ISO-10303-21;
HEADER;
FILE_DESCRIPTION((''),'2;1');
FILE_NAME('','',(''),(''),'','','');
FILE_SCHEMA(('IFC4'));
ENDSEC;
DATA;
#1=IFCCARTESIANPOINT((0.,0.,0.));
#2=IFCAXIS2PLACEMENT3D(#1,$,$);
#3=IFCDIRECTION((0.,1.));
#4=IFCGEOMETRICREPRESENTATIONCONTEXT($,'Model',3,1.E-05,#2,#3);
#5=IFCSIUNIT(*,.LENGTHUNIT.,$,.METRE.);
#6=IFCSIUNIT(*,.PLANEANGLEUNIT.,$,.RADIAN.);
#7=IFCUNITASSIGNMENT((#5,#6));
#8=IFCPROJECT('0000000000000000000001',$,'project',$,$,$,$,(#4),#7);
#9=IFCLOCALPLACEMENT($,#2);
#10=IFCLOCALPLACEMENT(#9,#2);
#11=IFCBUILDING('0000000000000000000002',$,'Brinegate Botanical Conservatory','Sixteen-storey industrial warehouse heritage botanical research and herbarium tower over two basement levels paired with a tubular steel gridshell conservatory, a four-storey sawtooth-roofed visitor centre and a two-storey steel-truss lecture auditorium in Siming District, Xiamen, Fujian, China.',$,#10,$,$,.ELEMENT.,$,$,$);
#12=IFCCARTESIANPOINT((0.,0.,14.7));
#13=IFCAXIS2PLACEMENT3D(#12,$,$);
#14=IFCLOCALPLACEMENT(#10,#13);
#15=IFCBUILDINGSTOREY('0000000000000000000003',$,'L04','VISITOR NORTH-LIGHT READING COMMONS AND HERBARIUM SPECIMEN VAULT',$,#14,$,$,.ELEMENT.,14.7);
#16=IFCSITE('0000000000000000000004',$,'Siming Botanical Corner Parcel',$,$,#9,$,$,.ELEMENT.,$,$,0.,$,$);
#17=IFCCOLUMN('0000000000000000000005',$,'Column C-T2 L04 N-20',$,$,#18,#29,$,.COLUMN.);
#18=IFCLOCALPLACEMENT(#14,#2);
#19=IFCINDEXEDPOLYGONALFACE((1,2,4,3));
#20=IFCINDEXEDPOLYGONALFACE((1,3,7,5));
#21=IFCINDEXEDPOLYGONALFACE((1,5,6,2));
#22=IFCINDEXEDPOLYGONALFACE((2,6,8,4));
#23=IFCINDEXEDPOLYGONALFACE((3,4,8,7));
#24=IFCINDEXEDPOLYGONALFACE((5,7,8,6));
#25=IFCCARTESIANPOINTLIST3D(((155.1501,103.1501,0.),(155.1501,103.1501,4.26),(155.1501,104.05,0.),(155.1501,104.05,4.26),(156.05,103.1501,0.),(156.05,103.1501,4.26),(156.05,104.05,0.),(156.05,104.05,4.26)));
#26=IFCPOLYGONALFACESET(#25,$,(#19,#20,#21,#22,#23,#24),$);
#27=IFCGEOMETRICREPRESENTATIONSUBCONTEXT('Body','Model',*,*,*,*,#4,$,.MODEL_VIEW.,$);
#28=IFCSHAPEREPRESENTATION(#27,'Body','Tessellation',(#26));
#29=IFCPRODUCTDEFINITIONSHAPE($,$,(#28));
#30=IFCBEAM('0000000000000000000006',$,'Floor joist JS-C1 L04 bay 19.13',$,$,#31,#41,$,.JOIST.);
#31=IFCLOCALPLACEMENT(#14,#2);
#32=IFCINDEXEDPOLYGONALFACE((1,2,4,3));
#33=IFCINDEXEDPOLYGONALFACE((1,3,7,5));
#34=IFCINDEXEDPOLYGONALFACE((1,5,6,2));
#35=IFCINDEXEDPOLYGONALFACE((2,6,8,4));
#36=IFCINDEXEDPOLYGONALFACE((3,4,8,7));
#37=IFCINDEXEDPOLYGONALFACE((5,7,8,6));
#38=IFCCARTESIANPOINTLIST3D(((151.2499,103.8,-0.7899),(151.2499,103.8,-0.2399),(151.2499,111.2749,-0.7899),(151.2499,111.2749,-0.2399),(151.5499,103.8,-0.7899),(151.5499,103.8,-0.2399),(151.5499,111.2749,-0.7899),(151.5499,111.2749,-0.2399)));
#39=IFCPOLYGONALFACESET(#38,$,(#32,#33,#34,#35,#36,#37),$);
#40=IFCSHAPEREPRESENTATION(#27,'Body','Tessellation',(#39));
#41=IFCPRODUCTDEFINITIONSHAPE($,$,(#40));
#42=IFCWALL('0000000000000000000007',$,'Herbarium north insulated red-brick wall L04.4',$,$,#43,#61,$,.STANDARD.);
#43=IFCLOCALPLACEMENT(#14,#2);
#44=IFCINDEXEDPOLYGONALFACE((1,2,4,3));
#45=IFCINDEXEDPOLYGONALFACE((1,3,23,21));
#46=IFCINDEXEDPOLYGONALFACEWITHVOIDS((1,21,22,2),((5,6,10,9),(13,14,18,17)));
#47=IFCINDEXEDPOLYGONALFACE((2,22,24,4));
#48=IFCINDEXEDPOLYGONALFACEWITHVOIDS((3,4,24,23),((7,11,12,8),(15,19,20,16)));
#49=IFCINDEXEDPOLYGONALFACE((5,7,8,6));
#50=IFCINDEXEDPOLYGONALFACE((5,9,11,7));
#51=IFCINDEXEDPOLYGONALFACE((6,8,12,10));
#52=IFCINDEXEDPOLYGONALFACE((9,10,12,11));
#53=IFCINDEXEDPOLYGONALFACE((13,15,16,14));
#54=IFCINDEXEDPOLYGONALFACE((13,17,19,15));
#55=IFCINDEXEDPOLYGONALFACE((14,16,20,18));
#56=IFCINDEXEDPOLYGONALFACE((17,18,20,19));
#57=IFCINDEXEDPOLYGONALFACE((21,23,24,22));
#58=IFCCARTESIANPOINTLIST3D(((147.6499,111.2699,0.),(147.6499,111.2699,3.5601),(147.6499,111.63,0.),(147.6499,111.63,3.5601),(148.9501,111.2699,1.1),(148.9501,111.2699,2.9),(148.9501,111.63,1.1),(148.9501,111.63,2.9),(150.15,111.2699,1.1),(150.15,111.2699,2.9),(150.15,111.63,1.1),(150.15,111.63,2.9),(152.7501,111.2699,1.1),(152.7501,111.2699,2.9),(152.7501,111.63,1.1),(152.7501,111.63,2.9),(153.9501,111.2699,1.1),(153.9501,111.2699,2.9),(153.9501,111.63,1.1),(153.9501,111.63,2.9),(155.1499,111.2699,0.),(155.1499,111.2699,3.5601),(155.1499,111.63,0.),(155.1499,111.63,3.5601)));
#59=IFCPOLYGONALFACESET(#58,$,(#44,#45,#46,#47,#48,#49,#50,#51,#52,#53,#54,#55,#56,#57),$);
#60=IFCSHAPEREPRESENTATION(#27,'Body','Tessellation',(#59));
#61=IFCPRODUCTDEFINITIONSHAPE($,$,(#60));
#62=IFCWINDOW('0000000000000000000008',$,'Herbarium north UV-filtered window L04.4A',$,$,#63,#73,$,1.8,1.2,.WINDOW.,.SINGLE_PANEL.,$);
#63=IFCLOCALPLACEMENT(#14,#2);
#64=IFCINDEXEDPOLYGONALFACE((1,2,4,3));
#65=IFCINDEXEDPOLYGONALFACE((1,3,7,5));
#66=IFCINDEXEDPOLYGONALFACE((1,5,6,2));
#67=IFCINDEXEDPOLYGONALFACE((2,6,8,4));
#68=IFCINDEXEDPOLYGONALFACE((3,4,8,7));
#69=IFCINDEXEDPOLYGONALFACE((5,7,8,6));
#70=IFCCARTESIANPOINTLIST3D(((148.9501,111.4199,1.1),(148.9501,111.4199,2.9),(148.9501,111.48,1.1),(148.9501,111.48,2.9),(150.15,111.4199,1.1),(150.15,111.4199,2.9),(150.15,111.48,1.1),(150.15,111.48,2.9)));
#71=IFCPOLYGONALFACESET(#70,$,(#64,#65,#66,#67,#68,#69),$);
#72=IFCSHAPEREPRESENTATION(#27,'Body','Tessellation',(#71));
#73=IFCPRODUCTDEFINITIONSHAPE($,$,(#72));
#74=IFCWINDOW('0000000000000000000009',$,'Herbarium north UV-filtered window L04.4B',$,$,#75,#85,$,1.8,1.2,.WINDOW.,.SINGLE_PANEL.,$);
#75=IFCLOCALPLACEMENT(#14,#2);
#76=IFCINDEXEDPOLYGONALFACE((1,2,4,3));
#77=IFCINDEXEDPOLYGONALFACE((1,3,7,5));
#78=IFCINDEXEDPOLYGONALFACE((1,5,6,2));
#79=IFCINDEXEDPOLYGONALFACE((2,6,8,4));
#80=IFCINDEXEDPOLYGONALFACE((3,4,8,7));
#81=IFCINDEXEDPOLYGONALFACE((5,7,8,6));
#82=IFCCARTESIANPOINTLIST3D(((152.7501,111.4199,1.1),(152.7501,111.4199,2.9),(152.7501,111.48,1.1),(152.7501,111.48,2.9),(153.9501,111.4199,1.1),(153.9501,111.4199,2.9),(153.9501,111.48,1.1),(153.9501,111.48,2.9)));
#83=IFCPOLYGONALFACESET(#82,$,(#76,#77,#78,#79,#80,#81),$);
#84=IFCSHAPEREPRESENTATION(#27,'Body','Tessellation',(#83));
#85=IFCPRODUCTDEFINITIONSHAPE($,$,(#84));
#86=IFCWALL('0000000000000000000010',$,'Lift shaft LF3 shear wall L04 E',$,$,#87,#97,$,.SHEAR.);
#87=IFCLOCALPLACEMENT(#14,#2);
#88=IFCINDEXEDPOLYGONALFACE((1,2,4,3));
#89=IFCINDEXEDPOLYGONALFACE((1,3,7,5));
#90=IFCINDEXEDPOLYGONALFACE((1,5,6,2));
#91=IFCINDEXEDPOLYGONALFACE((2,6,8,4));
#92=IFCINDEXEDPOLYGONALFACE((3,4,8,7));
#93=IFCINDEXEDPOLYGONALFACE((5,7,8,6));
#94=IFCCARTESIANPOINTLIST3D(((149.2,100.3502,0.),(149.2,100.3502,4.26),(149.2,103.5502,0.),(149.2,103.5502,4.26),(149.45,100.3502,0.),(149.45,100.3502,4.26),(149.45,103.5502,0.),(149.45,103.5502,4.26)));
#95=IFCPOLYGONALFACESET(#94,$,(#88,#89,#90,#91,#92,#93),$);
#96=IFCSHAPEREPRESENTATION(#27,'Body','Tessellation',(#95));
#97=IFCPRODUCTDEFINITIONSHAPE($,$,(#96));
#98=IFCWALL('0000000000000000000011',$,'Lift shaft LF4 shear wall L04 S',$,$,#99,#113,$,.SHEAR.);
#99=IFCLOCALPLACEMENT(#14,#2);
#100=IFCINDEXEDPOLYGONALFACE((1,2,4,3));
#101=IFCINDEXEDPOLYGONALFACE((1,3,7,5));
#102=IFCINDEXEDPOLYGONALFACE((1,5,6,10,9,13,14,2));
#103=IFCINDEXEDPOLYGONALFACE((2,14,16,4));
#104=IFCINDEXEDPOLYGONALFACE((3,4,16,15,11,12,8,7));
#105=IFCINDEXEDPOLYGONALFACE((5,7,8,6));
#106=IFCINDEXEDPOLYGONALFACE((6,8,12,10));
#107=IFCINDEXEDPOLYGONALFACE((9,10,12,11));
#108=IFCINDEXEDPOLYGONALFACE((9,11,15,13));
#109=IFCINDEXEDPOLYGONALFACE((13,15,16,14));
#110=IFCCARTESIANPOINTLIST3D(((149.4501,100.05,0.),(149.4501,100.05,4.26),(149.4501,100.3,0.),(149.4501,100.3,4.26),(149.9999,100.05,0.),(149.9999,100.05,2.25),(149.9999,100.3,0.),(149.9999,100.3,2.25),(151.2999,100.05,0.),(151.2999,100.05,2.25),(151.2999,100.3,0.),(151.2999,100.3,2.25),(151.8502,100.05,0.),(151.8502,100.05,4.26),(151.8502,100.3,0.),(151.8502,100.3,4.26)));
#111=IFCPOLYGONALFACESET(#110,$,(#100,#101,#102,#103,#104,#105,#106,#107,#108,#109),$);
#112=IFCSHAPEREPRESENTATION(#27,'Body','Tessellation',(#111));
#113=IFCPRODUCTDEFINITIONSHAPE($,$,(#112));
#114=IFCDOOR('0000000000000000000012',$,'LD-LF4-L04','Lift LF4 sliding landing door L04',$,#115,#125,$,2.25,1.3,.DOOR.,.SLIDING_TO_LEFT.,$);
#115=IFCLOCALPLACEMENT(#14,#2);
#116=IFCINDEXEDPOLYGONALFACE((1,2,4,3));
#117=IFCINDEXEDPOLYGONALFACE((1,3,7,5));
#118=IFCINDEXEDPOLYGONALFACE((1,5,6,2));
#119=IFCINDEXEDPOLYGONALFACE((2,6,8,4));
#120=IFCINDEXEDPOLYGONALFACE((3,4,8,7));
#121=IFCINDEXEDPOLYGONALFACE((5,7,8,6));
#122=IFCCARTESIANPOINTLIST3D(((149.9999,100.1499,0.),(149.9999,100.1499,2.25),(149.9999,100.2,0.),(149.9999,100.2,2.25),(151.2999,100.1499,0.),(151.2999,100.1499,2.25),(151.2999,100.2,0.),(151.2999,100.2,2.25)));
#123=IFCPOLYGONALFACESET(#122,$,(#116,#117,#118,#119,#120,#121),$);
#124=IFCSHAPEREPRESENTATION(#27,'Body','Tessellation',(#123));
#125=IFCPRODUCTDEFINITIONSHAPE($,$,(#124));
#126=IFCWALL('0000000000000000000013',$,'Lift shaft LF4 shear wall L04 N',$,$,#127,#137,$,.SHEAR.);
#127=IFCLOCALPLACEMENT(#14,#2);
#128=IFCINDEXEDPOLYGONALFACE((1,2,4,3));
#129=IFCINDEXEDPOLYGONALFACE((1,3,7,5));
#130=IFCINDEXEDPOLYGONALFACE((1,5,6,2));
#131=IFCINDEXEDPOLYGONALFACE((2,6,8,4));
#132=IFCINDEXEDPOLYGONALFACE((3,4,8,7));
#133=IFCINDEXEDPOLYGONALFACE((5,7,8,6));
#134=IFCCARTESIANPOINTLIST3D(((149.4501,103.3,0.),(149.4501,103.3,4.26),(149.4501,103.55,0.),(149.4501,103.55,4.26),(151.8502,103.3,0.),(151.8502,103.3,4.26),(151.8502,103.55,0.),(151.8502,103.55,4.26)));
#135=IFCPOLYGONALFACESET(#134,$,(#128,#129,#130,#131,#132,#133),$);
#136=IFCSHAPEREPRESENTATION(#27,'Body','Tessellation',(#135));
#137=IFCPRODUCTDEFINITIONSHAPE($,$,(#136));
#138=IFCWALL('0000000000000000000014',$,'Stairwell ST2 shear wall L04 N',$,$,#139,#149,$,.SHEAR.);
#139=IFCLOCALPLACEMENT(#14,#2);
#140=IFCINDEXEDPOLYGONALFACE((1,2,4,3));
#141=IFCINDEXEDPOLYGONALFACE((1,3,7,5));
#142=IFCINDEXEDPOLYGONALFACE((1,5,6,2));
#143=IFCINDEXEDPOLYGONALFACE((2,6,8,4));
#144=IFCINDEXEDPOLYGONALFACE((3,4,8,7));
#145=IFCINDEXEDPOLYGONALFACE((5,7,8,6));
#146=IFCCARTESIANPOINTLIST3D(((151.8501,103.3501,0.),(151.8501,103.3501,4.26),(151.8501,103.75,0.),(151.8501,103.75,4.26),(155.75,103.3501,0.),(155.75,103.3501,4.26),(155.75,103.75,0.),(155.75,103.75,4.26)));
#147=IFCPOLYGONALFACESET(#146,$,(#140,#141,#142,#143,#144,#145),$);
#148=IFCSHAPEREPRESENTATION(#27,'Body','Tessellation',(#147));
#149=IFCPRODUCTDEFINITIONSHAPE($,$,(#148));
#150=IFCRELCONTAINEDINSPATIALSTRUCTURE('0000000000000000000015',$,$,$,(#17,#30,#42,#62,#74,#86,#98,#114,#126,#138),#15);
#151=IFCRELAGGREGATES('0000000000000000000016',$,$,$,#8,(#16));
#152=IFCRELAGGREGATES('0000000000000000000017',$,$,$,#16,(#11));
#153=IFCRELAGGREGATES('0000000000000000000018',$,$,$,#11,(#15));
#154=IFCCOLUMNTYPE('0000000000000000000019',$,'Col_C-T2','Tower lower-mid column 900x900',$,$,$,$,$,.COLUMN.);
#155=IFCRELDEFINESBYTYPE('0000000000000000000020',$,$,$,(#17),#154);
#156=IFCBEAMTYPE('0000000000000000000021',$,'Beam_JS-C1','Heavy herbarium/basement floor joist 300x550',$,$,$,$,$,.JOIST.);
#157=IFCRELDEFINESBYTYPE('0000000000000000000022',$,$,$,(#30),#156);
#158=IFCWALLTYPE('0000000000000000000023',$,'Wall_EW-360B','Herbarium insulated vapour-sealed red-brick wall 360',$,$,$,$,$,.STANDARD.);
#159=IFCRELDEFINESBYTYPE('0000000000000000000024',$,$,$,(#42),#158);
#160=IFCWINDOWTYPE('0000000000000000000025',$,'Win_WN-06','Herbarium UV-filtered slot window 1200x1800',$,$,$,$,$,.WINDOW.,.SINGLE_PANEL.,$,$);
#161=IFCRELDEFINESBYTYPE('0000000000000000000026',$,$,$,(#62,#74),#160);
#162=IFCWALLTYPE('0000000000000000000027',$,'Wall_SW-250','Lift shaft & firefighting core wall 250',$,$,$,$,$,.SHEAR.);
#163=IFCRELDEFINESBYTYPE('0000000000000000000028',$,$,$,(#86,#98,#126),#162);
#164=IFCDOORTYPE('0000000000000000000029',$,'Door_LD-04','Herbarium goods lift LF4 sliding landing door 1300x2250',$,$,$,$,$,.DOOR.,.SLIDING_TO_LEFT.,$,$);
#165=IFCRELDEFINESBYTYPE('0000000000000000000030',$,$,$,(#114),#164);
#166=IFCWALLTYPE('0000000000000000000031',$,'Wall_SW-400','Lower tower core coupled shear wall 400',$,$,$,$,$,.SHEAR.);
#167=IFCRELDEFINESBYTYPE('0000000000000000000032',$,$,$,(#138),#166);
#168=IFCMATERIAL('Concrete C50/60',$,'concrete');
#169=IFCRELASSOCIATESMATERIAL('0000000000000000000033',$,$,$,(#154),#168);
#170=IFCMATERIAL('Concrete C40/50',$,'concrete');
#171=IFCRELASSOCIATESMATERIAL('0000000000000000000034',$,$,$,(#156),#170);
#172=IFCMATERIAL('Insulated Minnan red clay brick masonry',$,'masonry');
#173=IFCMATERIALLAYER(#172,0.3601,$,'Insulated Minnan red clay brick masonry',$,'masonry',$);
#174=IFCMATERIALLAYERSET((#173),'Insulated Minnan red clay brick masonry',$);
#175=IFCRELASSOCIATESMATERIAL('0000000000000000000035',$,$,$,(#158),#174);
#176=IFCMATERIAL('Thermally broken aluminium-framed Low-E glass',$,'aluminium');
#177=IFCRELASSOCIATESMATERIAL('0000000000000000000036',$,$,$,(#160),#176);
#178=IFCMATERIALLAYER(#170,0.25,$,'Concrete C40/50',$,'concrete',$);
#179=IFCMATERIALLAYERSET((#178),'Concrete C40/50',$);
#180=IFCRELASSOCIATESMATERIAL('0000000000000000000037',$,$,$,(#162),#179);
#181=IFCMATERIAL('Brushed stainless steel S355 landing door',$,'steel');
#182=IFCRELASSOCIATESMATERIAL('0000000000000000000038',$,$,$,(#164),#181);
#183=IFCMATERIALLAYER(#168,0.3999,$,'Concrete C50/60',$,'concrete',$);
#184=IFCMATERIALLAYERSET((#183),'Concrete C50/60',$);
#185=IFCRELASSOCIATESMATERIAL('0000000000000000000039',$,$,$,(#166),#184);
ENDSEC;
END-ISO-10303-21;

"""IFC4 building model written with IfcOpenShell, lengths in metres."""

from ifc_helpers import new_model, si_unit, direction, frame, frame_2d, origin, origin_2d, place, context, subcontext, project, spatial, rectangle, extrude, material, layer, layer_set, material_profile, profile_set, type_object, element, fill, save


model = new_model("IFC4")

# Units and contexts
model_context = context("Model", 3, precision=1e-05, world=origin(), true_north=direction((0.0, 1.0)))
body_context = subcontext(model_context, "Body", "Model", "MODEL_VIEW")
ifc_project = project(units=[si_unit("LENGTHUNIT", "METRE"), si_unit("PLANEANGLEUNIT", "RADIAN")], contexts=[model_context])

# Site, building, storey
site_placement = place(None, origin())
site = spatial("IfcSite", under=ifc_project, at=site_placement, Name="Siming Botanical Corner Parcel", CompositionType="ELEMENT", RefElevation=0.0)
building_placement = place(site_placement, origin())
building = spatial("IfcBuilding", under=site, at=building_placement, Name="Brinegate Botanical Conservatory", Description="Sixteen-storey industrial warehouse heritage botanical research and herbarium tower over two basement levels paired with a tubular steel gridshell conservatory, a four-storey sawtooth-roofed visitor centre and a two-storey steel-truss lecture auditorium in Siming District, Xiamen, Fujian, China.", CompositionType="ELEMENT")
storey_placement = place(building_placement, frame((0.0, 0.0, 14.7)))
storey = spatial("IfcBuildingStorey", under=building, at=storey_placement, Name="L04", Description="VISITOR NORTH-LIGHT READING COMMONS AND HERBARIUM SPECIMEN VAULT", CompositionType="ELEMENT", Elevation=14.7)

# Column
ifc_material_1 = material(Name="Concrete C50/60", Category="concrete")
ifc_material_profile_1 = material_profile(ifc_material_1, rectangle(XDim=0.8999, YDim=0.8999, at=origin_2d()), Name="RC COL 900x900")
ifc_profile_set_1 = profile_set([ifc_material_profile_1], Name="Concrete C50/60")
column_type = type_object("IfcColumnType", Name="Col_C-T2", Description="Tower lower-mid column 900x900", PredefinedType="COLUMN", material=ifc_profile_set_1)
column_placement = place(storey_placement, frame((155.6001, 103.6001, 0.0), z_axis=(0.0, 0.0, 1.0), x_axis=(1.0, 0.0, 0.0)))
element("IfcColumn", 1, at=column_placement, inside=storey, type_object=column_type, Name="Column C-T2 L04 N-20", PredefinedType="COLUMN", context=body_context, shape_type="SweptSolid", body=[
    extrude(rectangle(XDim=0.8999, YDim=0.8999, at=origin_2d()), origin(), (0.0, 0.0, 1.0), 4.26),
])

# Beam
ifc_material_2 = material(Name="Concrete C40/50", Category="concrete")
ifc_material_profile_2 = material_profile(ifc_material_2, rectangle(XDim=0.3, YDim=0.55, at=origin_2d()), Name="RC JST 300x550")
ifc_profile_set_2 = profile_set([ifc_material_profile_2], Name="Concrete C40/50")
beam_type = type_object("IfcBeamType", Name="Beam_JS-C1", Description="Heavy herbarium/basement floor joist 300x550", PredefinedType="JOIST", material=ifc_profile_set_2)
beam_placement = place(storey_placement, frame((151.3999, 103.8, -0.5149), z_axis=(0.0, 1.0, 0.0), x_axis=(-1.0, 0.0, 0.0)))
element("IfcBeam", 2, at=beam_placement, inside=storey, type_object=beam_type, Name="Floor joist JS-C1 L04 bay 19.13", PredefinedType="JOIST", context=body_context, shape_type="SweptSolid", body=[
    extrude(rectangle(XDim=0.3, YDim=0.55, at=origin_2d()), origin(), (0.0, 0.0, 1.0), 7.4749),
])

# Wall, openings, windows
ifc_material_3 = material(Name="Insulated Minnan red clay brick masonry", Category="masonry")
ifc_layer_1 = layer(ifc_material_3, 0.3601, Name="Insulated Minnan red clay brick masonry", Category="masonry")
ifc_layer_set_1 = layer_set([ifc_layer_1], Name="Insulated Minnan red clay brick masonry")
wall_type_1 = type_object("IfcWallType", Name="Wall_EW-360B", Description="Herbarium insulated vapour-sealed red-brick wall 360", PredefinedType="STANDARD", material=ifc_layer_set_1)
wall_1_placement = place(storey_placement, frame((147.6499, 111.45, 0.0), z_axis=(0.0, 0.0, 1.0), x_axis=(1.0, 0.0, 0.0)))
wall_1 = element("IfcWall", 3, at=wall_1_placement, inside=storey, type_object=wall_type_1, Name="Herbarium north insulated red-brick wall L04.4", PredefinedType="STANDARD", context=body_context, shape_type="SweptSolid", body=[
    extrude(rectangle(XDim=7.5, YDim=0.3601, at=frame_2d((3.75, 0.0))), origin(), (0.0, 0.0, 1.0), 3.5601),
])
opening_1_placement = place(wall_1_placement, frame((1.3, 0.0, 1.1001)))
opening_1 = element("IfcOpeningElement", 4, at=opening_1_placement, cuts=wall_1, PredefinedType="OPENING", context=body_context, shape_type="SweptSolid", body=[
    extrude(rectangle(XDim=1.2, YDim=1.8, at=frame_2d((0.6001, 0.8999))), frame((0.0, 0.1899, 0.0), z_axis=(0.0, -1.0, 0.0), x_axis=(1.0, 0.0, 0.0)), (0.0, 0.0, 1.0), 0.3801),
])
opening_2_placement = place(wall_1_placement, frame((5.1001, 0.0, 1.1001)))
opening_2 = element("IfcOpeningElement", 5, at=opening_2_placement, cuts=wall_1, PredefinedType="OPENING", context=body_context, shape_type="SweptSolid", body=[
    extrude(rectangle(XDim=1.2, YDim=1.8, at=frame_2d((0.6001, 0.8999))), frame((0.0, 0.1899, 0.0), z_axis=(0.0, -1.0, 0.0), x_axis=(1.0, 0.0, 0.0)), (0.0, 0.0, 1.0), 0.3801),
])
ifc_material_4 = material(Name="Thermally broken aluminium-framed Low-E glass", Category="aluminium")
window_type = type_object("IfcWindowType", Name="Win_WN-06", Description="Herbarium UV-filtered slot window 1200x1800", PartitioningType="SINGLE_PANEL", PredefinedType="WINDOW", material=ifc_material_4)
window_1_placement = place(opening_1_placement, origin())
window_1 = element("IfcWindow", 6, at=window_1_placement, inside=storey, type_object=window_type, Name="Herbarium north UV-filtered window L04.4A", OverallHeight=1.8, OverallWidth=1.2, PartitioningType="SINGLE_PANEL", PredefinedType="WINDOW", context=body_context, shape_type="SweptSolid", body=[
    extrude(rectangle(XDim=1.2, YDim=1.8, at=frame_2d((0.6001, 0.8999))), frame((0.0, 0.03, 0.0), z_axis=(0.0, -1.0, 0.0), x_axis=(1.0, 0.0, 0.0)), (0.0, 0.0, 1.0), 0.0601),
])
fill(opening_1, window_1)
window_2_placement = place(opening_2_placement, origin())
window_2 = element("IfcWindow", 7, at=window_2_placement, inside=storey, type_object=window_type, Name="Herbarium north UV-filtered window L04.4B", OverallHeight=1.8, OverallWidth=1.2, PartitioningType="SINGLE_PANEL", PredefinedType="WINDOW", context=body_context, shape_type="SweptSolid", body=[
    extrude(rectangle(XDim=1.2, YDim=1.8, at=frame_2d((0.6001, 0.8999))), frame((0.0, 0.03, 0.0), z_axis=(0.0, -1.0, 0.0), x_axis=(1.0, 0.0, 0.0)), (0.0, 0.0, 1.0), 0.0601),
])
fill(opening_2, window_2)

# Wall
ifc_layer_2 = layer(ifc_material_2, 0.25, Name="Concrete C40/50", Category="concrete")
ifc_layer_set_2 = layer_set([ifc_layer_2], Name="Concrete C40/50")
wall_type_2 = type_object("IfcWallType", Name="Wall_SW-250", Description="Lift shaft & firefighting core wall 250", PredefinedType="SHEAR", material=ifc_layer_set_2)
wall_2_placement = place(storey_placement, frame((149.325, 100.3501, 0.0), z_axis=(0.0, 0.0, 1.0), x_axis=(0.0, 1.0, 0.0)))
element("IfcWall", 8, at=wall_2_placement, inside=storey, type_object=wall_type_2, Name="Lift shaft LF3 shear wall L04 E", PredefinedType="SHEAR", context=body_context, shape_type="SweptSolid", body=[
    extrude(rectangle(XDim=3.2, YDim=0.25, at=frame_2d((1.6001, 0.0))), origin(), (0.0, 0.0, 1.0), 4.26),
])

# Wall, opening, door
wall_3_placement = place(storey_placement, frame((149.45, 100.175, 0.0), z_axis=(0.0, 0.0, 1.0), x_axis=(1.0, 0.0, 0.0)))
wall_3 = element("IfcWall", 9, at=wall_3_placement, inside=storey, type_object=wall_type_2, Name="Lift shaft LF4 shear wall L04 S", PredefinedType="SHEAR", context=body_context, shape_type="SweptSolid", body=[
    extrude(rectangle(XDim=2.4001, YDim=0.25, at=frame_2d((1.2002, 0.0))), origin(), (0.0, 0.0, 1.0), 4.26),
])
opening_3_placement = place(wall_3_placement, frame((0.55, 0.0, 0.0)))
opening_3 = element("IfcOpeningElement", 10, at=opening_3_placement, cuts=wall_3, PredefinedType="OPENING", context=body_context, shape_type="SweptSolid", body=[
    extrude(rectangle(XDim=1.3, YDim=2.25, at=frame_2d((0.6499, 1.125))), frame((0.0, 0.135, 0.0), z_axis=(0.0, -1.0, 0.0), x_axis=(1.0, 0.0, 0.0)), (0.0, 0.0, 1.0), 0.27),
])
ifc_material_5 = material(Name="Brushed stainless steel S355 landing door", Category="steel")
door_type = type_object("IfcDoorType", Name="Door_LD-04", Description="Herbarium goods lift LF4 sliding landing door 1300x2250", OperationType="SLIDING_TO_LEFT", PredefinedType="DOOR", material=ifc_material_5)
door_placement = place(opening_3_placement, origin())
door = element("IfcDoor", 11, at=door_placement, inside=storey, type_object=door_type, Name="LD-LF4-L04", Description="Lift LF4 sliding landing door L04", OperationType="SLIDING_TO_LEFT", OverallHeight=2.25, OverallWidth=1.3, PredefinedType="DOOR", context=body_context, shape_type="SweptSolid", body=[
    extrude(rectangle(XDim=1.3, YDim=2.25, at=frame_2d((0.6499, 1.125))), frame((0.0, 0.0249, 0.0), z_axis=(0.0, -1.0, 0.0), x_axis=(1.0, 0.0, 0.0)), (0.0, 0.0, 1.0), 0.05),
])
fill(opening_3, door)

# Walls
wall_4_placement = place(storey_placement, frame((149.45, 103.425, 0.0), z_axis=(0.0, 0.0, 1.0), x_axis=(1.0, 0.0, 0.0)))
element("IfcWall", 12, at=wall_4_placement, inside=storey, type_object=wall_type_2, Name="Lift shaft LF4 shear wall L04 N", PredefinedType="SHEAR", context=body_context, shape_type="SweptSolid", body=[
    extrude(rectangle(XDim=2.4001, YDim=0.25, at=frame_2d((1.2002, 0.0))), origin(), (0.0, 0.0, 1.0), 4.26),
])
ifc_layer_3 = layer(ifc_material_1, 0.3999, Name="Concrete C50/60", Category="concrete")
ifc_layer_set_3 = layer_set([ifc_layer_3], Name="Concrete C50/60")
wall_type_3 = type_object("IfcWallType", Name="Wall_SW-400", Description="Lower tower core coupled shear wall 400", PredefinedType="SHEAR", material=ifc_layer_set_3)
wall_5_placement = place(storey_placement, frame((151.8501, 103.55, 0.0), z_axis=(0.0, 0.0, 1.0), x_axis=(1.0, 0.0, 0.0)))
element("IfcWall", 13, at=wall_5_placement, inside=storey, type_object=wall_type_3, Name="Stairwell ST2 shear wall L04 N", PredefinedType="SHEAR", context=body_context, shape_type="SweptSolid", body=[
    extrude(rectangle(XDim=3.8999, YDim=0.3999, at=frame_2d((1.95, 0.0))), origin(), (0.0, 0.0, 1.0), 4.26),
])

save(model, "model.ifc")
